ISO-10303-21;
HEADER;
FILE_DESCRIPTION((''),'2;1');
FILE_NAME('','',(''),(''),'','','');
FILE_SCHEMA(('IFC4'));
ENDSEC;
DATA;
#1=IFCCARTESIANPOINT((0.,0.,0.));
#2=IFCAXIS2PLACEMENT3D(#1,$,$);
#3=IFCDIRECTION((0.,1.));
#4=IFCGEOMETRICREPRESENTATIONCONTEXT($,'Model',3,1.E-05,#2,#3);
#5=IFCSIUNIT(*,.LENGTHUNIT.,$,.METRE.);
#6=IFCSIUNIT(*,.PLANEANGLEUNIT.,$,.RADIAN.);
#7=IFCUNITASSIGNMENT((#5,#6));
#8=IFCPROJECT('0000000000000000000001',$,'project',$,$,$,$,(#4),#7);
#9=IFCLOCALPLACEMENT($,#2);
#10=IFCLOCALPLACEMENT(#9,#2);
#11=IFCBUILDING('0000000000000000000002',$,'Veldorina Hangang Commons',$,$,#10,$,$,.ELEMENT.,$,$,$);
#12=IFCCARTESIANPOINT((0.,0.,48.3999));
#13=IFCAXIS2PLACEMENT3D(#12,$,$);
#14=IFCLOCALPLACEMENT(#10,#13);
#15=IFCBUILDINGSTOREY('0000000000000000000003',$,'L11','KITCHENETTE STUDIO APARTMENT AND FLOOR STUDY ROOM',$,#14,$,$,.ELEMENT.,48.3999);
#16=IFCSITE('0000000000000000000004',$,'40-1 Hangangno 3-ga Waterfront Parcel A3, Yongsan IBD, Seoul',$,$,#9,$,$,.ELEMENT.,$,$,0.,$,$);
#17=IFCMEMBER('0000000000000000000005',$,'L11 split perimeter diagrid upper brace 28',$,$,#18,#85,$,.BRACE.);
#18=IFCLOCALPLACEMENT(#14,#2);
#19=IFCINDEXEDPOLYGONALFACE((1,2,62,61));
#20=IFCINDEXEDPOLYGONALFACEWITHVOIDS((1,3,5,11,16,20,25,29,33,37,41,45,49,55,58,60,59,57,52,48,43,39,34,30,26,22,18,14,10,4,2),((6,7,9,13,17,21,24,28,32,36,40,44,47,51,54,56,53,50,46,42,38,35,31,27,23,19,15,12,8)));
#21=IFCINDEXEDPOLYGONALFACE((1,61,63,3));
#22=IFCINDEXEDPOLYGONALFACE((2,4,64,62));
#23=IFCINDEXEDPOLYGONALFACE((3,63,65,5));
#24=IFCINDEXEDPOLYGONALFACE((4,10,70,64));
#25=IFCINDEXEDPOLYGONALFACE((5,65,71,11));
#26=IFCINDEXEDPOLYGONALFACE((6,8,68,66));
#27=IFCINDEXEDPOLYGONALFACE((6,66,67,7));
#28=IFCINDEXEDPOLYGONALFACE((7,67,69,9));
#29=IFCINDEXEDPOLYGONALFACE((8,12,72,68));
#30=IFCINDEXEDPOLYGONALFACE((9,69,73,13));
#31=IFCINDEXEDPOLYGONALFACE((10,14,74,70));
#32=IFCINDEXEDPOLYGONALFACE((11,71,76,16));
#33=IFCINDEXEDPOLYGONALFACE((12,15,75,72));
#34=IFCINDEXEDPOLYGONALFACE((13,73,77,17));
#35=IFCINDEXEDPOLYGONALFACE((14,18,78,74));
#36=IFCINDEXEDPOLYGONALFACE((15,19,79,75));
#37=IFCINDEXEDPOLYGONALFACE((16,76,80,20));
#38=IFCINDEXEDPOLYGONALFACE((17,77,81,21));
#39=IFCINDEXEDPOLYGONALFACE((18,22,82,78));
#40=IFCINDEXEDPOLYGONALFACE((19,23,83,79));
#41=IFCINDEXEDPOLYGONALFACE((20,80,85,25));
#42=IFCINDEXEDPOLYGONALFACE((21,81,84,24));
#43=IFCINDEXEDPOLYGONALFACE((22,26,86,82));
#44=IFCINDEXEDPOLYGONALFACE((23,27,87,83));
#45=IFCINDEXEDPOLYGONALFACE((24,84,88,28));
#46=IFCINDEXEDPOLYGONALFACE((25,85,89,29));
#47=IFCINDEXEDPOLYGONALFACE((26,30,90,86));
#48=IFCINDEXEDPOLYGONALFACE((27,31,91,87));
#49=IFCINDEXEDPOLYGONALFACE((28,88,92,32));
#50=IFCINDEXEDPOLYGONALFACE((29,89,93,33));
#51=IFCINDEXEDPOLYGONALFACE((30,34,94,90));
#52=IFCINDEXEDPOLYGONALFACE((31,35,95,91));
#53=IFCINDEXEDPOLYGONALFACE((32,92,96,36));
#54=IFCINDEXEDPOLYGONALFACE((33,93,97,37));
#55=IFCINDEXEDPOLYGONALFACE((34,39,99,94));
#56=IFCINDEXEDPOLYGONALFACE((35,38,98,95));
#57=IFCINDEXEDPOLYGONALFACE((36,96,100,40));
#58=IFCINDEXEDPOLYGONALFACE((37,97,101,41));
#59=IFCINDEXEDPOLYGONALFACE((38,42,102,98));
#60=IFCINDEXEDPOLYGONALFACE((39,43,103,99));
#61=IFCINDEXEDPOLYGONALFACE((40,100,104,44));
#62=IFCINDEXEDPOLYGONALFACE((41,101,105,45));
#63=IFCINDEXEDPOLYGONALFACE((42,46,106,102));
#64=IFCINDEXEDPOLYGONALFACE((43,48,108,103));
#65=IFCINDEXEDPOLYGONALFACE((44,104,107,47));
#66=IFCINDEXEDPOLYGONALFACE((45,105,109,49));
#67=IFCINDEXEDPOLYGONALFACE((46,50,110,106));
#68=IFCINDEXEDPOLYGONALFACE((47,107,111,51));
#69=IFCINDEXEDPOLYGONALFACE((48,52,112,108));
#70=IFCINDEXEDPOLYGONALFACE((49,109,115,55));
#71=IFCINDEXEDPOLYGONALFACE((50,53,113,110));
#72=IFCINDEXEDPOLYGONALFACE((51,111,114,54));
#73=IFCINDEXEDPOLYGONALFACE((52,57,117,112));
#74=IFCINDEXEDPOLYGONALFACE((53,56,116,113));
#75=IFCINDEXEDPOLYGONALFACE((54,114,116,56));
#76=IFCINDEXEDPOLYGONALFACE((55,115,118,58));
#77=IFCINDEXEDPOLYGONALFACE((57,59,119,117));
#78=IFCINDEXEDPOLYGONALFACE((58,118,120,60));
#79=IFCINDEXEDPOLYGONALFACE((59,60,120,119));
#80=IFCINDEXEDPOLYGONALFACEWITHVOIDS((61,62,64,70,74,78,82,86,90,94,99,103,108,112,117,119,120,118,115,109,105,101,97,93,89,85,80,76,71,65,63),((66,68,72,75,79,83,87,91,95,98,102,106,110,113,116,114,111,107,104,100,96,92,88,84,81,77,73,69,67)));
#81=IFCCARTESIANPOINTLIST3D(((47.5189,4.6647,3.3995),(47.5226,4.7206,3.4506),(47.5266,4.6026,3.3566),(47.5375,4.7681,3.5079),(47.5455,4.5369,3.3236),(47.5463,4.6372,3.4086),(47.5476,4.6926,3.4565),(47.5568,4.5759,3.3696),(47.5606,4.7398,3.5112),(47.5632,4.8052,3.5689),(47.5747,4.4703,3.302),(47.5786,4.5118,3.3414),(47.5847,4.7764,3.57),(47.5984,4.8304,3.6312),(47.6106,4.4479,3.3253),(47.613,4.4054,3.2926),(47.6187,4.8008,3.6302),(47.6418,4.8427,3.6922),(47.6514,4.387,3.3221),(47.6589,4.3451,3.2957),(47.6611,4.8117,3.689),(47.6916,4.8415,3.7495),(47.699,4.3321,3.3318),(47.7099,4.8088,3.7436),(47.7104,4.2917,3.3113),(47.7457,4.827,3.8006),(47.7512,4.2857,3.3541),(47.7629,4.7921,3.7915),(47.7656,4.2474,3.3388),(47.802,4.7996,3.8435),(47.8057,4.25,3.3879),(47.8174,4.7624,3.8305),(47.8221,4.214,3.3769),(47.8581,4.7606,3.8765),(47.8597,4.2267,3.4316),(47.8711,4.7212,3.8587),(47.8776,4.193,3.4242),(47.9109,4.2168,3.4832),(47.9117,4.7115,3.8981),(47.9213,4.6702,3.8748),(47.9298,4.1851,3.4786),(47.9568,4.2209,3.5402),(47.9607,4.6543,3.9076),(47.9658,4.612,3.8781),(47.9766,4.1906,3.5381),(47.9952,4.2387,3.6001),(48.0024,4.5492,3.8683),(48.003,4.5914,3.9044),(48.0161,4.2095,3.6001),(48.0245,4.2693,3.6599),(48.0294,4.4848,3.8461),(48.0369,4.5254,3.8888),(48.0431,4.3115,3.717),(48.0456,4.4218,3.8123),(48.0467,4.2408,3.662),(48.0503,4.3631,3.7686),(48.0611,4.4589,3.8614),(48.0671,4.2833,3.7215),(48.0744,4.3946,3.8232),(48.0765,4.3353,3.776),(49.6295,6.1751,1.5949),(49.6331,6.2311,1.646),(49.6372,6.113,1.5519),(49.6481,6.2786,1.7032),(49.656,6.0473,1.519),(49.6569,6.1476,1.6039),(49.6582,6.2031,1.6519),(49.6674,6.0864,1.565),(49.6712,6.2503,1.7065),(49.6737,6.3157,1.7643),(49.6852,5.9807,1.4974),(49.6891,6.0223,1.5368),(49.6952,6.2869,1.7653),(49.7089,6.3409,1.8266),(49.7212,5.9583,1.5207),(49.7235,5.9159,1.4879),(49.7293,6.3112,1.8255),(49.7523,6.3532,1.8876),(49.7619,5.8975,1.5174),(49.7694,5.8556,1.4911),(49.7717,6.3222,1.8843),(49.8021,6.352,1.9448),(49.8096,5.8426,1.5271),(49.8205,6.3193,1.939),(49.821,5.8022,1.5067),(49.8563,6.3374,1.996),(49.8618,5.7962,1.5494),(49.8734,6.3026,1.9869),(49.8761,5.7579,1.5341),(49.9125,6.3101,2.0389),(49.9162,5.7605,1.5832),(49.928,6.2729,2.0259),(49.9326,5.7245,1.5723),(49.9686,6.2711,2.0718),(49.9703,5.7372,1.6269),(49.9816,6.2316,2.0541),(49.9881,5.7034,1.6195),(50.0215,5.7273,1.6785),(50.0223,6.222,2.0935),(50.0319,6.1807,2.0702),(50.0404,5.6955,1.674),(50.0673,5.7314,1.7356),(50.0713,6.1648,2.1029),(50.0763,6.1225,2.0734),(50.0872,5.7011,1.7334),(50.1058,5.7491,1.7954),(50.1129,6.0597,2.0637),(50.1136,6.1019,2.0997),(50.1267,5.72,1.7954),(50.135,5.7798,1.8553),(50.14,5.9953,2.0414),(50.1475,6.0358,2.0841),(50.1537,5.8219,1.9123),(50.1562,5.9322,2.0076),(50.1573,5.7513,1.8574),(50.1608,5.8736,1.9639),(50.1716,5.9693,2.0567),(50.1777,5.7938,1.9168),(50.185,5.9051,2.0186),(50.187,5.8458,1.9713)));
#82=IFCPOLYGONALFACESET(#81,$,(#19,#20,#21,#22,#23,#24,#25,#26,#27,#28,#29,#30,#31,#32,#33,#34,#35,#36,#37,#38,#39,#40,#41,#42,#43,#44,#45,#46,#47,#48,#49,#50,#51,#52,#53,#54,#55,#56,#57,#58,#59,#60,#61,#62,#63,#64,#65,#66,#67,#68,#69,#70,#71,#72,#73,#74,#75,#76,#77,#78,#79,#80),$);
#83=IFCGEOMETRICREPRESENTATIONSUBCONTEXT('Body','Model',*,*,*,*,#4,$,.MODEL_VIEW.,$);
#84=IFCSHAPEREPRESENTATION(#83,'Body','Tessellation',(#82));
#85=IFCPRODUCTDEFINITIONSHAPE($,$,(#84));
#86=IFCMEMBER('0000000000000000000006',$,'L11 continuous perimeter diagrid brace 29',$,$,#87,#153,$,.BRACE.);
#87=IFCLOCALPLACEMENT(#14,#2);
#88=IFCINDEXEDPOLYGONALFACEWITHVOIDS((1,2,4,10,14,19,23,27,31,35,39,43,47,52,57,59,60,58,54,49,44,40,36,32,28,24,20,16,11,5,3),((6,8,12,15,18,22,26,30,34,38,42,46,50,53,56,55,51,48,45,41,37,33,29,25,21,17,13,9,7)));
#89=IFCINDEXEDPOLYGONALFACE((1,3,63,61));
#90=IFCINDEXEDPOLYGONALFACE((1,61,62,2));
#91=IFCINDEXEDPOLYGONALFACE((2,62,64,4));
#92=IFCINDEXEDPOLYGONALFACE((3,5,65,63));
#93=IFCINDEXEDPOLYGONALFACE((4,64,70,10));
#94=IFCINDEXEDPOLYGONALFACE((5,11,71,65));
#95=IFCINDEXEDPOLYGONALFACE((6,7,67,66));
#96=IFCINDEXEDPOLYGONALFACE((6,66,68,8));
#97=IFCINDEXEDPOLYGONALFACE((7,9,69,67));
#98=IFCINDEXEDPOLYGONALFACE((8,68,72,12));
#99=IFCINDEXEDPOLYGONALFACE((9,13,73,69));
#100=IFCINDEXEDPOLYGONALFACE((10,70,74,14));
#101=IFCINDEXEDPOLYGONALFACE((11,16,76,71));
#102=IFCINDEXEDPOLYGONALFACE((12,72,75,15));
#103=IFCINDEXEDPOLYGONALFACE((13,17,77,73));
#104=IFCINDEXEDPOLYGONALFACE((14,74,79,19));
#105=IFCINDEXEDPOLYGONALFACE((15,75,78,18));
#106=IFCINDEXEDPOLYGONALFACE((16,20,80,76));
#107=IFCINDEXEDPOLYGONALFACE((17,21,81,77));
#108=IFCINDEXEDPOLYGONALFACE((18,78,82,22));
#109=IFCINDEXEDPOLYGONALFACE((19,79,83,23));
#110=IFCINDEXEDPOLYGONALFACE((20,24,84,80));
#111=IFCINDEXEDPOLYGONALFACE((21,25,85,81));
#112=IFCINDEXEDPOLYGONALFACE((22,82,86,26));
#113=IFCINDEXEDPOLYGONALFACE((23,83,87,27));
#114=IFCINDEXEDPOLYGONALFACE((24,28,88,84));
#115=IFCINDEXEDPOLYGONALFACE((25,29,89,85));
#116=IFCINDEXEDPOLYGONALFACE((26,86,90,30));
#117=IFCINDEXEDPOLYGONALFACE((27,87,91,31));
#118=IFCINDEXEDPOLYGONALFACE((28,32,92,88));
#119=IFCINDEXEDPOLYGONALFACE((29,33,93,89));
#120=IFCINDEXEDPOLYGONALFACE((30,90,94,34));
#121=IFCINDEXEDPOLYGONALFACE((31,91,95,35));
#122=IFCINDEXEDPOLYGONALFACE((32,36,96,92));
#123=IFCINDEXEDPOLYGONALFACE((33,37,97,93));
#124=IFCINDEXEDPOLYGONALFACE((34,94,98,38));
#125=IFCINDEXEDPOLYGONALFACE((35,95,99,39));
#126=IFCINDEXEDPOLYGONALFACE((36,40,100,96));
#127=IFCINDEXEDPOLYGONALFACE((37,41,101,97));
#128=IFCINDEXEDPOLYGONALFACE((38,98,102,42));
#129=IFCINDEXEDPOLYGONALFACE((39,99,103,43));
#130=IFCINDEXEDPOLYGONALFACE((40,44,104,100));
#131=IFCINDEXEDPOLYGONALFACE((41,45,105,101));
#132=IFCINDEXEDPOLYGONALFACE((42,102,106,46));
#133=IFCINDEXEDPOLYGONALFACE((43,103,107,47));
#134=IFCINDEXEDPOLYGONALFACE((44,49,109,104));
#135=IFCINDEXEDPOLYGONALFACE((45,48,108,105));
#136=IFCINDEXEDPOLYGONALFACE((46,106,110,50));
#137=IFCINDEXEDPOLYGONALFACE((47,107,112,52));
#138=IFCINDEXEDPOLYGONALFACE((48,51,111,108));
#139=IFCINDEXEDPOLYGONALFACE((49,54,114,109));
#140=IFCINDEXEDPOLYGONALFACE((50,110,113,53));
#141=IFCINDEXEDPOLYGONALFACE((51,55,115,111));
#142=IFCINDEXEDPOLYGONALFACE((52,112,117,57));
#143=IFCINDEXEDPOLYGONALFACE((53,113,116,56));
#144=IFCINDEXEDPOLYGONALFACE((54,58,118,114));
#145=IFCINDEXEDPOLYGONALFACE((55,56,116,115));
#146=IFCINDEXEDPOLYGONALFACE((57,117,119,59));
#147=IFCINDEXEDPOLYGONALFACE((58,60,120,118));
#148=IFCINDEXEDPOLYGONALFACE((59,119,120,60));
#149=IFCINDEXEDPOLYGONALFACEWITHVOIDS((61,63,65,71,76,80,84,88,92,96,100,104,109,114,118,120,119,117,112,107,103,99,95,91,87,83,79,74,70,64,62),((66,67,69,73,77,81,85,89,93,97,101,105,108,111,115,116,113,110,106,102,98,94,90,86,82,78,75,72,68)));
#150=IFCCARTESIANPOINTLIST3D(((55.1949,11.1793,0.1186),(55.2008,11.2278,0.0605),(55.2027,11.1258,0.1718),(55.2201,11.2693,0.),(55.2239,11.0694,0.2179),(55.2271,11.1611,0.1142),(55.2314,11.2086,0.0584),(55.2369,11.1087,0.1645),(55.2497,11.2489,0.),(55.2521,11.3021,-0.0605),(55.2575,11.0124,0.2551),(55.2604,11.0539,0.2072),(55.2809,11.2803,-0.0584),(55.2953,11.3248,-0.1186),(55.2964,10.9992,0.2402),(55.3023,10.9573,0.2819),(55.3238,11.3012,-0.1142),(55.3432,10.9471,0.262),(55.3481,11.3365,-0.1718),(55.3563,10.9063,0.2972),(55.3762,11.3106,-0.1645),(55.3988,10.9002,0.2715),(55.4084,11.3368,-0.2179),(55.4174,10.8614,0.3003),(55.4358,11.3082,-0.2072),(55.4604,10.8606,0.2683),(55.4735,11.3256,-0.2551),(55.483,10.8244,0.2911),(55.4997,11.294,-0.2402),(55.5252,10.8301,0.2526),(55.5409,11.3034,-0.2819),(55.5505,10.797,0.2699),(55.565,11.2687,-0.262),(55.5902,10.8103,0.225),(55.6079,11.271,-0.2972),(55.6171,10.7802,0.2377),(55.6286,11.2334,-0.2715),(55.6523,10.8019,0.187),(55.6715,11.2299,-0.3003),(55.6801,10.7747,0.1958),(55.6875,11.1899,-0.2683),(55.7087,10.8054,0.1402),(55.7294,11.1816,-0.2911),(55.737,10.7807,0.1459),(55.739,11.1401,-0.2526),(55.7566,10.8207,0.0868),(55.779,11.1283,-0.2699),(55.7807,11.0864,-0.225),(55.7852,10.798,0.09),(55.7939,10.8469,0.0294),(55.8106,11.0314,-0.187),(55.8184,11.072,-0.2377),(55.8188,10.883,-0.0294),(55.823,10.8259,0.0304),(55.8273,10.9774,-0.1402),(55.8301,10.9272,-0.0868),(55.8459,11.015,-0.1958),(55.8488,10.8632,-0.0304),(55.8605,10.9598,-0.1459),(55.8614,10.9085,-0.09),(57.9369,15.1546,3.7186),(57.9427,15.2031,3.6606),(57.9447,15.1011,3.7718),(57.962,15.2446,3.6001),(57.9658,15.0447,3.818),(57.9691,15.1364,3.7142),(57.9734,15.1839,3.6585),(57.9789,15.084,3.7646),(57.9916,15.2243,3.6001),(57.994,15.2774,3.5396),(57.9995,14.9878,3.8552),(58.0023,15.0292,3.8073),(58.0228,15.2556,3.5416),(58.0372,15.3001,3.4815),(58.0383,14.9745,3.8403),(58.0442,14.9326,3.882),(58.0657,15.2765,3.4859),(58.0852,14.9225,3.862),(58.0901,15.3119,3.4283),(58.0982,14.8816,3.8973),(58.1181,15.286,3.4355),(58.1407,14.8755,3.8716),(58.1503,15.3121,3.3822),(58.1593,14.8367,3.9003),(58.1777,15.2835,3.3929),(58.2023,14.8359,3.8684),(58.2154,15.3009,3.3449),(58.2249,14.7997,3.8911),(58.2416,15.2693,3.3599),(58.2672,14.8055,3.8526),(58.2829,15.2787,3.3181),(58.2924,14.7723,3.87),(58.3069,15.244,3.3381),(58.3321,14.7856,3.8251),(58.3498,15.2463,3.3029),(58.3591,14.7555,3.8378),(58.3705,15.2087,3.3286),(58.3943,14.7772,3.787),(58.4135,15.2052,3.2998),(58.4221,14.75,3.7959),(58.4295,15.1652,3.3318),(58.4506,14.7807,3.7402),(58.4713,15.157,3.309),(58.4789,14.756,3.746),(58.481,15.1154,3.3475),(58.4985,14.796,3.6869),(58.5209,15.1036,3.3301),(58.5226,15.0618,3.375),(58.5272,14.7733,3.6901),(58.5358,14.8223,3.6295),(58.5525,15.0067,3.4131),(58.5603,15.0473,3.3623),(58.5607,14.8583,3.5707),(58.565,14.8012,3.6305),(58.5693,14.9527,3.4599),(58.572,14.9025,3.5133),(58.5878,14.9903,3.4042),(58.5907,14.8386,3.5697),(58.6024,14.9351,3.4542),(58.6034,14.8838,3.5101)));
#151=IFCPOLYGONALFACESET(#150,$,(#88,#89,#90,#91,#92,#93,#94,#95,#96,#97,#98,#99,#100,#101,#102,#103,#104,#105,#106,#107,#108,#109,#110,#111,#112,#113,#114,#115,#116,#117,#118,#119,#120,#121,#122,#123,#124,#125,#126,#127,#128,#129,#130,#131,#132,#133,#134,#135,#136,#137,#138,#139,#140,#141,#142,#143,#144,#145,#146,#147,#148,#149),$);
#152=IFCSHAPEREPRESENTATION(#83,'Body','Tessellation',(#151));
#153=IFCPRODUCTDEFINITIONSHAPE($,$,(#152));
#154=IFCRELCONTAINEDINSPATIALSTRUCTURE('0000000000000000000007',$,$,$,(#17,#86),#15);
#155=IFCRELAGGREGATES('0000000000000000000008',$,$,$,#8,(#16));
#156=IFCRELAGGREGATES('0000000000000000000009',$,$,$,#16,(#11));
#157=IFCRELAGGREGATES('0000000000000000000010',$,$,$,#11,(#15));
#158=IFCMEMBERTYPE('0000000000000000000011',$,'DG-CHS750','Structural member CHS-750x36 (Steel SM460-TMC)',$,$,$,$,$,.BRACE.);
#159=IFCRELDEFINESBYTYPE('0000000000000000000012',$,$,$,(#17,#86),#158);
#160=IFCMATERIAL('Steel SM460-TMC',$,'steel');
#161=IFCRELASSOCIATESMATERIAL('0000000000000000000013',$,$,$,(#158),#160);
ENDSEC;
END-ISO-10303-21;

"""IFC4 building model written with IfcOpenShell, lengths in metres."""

from ifc_helpers import new_model, si_unit, direction, frame, origin, origin_2d, place, context, subcontext, project, spatial, hollow_circle, extrude, material, material_profile, profile_set, type_object, element, save


model = new_model("IFC4")

# Units and contexts
model_context = context("Model", 3, precision=1e-05, world=origin(), true_north=direction((0.0, 1.0)))
body_context = subcontext(model_context, "Body", "Model", "MODEL_VIEW")
ifc_project = project(units=[si_unit("LENGTHUNIT", "METRE"), si_unit("PLANEANGLEUNIT", "RADIAN")], contexts=[model_context])

# Site, building, storey
site_placement = place(None, origin())
site = spatial("IfcSite", under=ifc_project, at=site_placement, Name="40-1 Hangangno 3-ga Waterfront Parcel A3, Yongsan IBD, Seoul", CompositionType="ELEMENT", RefElevation=0.0)
building_placement = place(site_placement, origin())
building = spatial("IfcBuilding", under=site, at=building_placement, Name="Veldorina Hangang Commons", CompositionType="ELEMENT")
storey_placement = place(building_placement, frame((0.0, 0.0, 48.3999)))
storey = spatial("IfcBuildingStorey", under=building, at=storey_placement, Name="L11", Description="KITCHENETTE STUDIO APARTMENT AND FLOOR STUDY ROOM", CompositionType="ELEMENT", Elevation=48.3999)

# Shared definitions
ifc_material_1 = material(Name="Steel SM460-TMC", Category="steel")

# Members
ifc_material_profile_1 = material_profile(ifc_material_1, hollow_circle(Radius=0.375, WallThickness=0.0359, at=origin_2d()), Name="CHS-750x36")
ifc_profile_set_1 = profile_set([ifc_material_profile_1], Name="Steel SM460-TMC")
member_type_1 = type_object("IfcMemberType", Name="DG-CHS750", Description="Structural member CHS-750x36 (Steel SM460-TMC)", PredefinedType="BRACE", material=ifc_profile_set_1)
member_1_placement = place(storey_placement, frame((49.9084, 6.0249, 1.7954), z_axis=(-0.667659, -0.477826, 0.570889), x_axis=(0.581985, -0.813199, 0.0)))
element("IfcMember", 1, at=member_1_placement, inside=storey, type_object=member_type_1, Name="L11 split perimeter diagrid upper brace 28", PredefinedType="BRACE", context=body_context, shape_type="SweptSolid", body=[
    extrude(hollow_circle(Radius=0.375, WallThickness=0.0359, at=origin_2d()), origin(), (0.0, 0.0, 1.0), 3.1611),
])
member_2_placement = place(storey_placement, frame((55.5288, 11.0564, 0.0), z_axis=(0.455209, 0.659974, 0.597677), x_axis=(-0.823181, 0.567779, 0.0)))
element("IfcMember", 2, at=member_2_placement, inside=storey, type_object=member_type_1, Name="L11 continuous perimeter diagrid brace 29", PredefinedType="BRACE", context=body_context, shape_type="SweptSolid", body=[
    extrude(hollow_circle(Radius=0.375, WallThickness=0.0359, at=origin_2d()), origin(), (0.0, 0.0, 1.0), 6.0234),
])

save(model, "model.ifc")
